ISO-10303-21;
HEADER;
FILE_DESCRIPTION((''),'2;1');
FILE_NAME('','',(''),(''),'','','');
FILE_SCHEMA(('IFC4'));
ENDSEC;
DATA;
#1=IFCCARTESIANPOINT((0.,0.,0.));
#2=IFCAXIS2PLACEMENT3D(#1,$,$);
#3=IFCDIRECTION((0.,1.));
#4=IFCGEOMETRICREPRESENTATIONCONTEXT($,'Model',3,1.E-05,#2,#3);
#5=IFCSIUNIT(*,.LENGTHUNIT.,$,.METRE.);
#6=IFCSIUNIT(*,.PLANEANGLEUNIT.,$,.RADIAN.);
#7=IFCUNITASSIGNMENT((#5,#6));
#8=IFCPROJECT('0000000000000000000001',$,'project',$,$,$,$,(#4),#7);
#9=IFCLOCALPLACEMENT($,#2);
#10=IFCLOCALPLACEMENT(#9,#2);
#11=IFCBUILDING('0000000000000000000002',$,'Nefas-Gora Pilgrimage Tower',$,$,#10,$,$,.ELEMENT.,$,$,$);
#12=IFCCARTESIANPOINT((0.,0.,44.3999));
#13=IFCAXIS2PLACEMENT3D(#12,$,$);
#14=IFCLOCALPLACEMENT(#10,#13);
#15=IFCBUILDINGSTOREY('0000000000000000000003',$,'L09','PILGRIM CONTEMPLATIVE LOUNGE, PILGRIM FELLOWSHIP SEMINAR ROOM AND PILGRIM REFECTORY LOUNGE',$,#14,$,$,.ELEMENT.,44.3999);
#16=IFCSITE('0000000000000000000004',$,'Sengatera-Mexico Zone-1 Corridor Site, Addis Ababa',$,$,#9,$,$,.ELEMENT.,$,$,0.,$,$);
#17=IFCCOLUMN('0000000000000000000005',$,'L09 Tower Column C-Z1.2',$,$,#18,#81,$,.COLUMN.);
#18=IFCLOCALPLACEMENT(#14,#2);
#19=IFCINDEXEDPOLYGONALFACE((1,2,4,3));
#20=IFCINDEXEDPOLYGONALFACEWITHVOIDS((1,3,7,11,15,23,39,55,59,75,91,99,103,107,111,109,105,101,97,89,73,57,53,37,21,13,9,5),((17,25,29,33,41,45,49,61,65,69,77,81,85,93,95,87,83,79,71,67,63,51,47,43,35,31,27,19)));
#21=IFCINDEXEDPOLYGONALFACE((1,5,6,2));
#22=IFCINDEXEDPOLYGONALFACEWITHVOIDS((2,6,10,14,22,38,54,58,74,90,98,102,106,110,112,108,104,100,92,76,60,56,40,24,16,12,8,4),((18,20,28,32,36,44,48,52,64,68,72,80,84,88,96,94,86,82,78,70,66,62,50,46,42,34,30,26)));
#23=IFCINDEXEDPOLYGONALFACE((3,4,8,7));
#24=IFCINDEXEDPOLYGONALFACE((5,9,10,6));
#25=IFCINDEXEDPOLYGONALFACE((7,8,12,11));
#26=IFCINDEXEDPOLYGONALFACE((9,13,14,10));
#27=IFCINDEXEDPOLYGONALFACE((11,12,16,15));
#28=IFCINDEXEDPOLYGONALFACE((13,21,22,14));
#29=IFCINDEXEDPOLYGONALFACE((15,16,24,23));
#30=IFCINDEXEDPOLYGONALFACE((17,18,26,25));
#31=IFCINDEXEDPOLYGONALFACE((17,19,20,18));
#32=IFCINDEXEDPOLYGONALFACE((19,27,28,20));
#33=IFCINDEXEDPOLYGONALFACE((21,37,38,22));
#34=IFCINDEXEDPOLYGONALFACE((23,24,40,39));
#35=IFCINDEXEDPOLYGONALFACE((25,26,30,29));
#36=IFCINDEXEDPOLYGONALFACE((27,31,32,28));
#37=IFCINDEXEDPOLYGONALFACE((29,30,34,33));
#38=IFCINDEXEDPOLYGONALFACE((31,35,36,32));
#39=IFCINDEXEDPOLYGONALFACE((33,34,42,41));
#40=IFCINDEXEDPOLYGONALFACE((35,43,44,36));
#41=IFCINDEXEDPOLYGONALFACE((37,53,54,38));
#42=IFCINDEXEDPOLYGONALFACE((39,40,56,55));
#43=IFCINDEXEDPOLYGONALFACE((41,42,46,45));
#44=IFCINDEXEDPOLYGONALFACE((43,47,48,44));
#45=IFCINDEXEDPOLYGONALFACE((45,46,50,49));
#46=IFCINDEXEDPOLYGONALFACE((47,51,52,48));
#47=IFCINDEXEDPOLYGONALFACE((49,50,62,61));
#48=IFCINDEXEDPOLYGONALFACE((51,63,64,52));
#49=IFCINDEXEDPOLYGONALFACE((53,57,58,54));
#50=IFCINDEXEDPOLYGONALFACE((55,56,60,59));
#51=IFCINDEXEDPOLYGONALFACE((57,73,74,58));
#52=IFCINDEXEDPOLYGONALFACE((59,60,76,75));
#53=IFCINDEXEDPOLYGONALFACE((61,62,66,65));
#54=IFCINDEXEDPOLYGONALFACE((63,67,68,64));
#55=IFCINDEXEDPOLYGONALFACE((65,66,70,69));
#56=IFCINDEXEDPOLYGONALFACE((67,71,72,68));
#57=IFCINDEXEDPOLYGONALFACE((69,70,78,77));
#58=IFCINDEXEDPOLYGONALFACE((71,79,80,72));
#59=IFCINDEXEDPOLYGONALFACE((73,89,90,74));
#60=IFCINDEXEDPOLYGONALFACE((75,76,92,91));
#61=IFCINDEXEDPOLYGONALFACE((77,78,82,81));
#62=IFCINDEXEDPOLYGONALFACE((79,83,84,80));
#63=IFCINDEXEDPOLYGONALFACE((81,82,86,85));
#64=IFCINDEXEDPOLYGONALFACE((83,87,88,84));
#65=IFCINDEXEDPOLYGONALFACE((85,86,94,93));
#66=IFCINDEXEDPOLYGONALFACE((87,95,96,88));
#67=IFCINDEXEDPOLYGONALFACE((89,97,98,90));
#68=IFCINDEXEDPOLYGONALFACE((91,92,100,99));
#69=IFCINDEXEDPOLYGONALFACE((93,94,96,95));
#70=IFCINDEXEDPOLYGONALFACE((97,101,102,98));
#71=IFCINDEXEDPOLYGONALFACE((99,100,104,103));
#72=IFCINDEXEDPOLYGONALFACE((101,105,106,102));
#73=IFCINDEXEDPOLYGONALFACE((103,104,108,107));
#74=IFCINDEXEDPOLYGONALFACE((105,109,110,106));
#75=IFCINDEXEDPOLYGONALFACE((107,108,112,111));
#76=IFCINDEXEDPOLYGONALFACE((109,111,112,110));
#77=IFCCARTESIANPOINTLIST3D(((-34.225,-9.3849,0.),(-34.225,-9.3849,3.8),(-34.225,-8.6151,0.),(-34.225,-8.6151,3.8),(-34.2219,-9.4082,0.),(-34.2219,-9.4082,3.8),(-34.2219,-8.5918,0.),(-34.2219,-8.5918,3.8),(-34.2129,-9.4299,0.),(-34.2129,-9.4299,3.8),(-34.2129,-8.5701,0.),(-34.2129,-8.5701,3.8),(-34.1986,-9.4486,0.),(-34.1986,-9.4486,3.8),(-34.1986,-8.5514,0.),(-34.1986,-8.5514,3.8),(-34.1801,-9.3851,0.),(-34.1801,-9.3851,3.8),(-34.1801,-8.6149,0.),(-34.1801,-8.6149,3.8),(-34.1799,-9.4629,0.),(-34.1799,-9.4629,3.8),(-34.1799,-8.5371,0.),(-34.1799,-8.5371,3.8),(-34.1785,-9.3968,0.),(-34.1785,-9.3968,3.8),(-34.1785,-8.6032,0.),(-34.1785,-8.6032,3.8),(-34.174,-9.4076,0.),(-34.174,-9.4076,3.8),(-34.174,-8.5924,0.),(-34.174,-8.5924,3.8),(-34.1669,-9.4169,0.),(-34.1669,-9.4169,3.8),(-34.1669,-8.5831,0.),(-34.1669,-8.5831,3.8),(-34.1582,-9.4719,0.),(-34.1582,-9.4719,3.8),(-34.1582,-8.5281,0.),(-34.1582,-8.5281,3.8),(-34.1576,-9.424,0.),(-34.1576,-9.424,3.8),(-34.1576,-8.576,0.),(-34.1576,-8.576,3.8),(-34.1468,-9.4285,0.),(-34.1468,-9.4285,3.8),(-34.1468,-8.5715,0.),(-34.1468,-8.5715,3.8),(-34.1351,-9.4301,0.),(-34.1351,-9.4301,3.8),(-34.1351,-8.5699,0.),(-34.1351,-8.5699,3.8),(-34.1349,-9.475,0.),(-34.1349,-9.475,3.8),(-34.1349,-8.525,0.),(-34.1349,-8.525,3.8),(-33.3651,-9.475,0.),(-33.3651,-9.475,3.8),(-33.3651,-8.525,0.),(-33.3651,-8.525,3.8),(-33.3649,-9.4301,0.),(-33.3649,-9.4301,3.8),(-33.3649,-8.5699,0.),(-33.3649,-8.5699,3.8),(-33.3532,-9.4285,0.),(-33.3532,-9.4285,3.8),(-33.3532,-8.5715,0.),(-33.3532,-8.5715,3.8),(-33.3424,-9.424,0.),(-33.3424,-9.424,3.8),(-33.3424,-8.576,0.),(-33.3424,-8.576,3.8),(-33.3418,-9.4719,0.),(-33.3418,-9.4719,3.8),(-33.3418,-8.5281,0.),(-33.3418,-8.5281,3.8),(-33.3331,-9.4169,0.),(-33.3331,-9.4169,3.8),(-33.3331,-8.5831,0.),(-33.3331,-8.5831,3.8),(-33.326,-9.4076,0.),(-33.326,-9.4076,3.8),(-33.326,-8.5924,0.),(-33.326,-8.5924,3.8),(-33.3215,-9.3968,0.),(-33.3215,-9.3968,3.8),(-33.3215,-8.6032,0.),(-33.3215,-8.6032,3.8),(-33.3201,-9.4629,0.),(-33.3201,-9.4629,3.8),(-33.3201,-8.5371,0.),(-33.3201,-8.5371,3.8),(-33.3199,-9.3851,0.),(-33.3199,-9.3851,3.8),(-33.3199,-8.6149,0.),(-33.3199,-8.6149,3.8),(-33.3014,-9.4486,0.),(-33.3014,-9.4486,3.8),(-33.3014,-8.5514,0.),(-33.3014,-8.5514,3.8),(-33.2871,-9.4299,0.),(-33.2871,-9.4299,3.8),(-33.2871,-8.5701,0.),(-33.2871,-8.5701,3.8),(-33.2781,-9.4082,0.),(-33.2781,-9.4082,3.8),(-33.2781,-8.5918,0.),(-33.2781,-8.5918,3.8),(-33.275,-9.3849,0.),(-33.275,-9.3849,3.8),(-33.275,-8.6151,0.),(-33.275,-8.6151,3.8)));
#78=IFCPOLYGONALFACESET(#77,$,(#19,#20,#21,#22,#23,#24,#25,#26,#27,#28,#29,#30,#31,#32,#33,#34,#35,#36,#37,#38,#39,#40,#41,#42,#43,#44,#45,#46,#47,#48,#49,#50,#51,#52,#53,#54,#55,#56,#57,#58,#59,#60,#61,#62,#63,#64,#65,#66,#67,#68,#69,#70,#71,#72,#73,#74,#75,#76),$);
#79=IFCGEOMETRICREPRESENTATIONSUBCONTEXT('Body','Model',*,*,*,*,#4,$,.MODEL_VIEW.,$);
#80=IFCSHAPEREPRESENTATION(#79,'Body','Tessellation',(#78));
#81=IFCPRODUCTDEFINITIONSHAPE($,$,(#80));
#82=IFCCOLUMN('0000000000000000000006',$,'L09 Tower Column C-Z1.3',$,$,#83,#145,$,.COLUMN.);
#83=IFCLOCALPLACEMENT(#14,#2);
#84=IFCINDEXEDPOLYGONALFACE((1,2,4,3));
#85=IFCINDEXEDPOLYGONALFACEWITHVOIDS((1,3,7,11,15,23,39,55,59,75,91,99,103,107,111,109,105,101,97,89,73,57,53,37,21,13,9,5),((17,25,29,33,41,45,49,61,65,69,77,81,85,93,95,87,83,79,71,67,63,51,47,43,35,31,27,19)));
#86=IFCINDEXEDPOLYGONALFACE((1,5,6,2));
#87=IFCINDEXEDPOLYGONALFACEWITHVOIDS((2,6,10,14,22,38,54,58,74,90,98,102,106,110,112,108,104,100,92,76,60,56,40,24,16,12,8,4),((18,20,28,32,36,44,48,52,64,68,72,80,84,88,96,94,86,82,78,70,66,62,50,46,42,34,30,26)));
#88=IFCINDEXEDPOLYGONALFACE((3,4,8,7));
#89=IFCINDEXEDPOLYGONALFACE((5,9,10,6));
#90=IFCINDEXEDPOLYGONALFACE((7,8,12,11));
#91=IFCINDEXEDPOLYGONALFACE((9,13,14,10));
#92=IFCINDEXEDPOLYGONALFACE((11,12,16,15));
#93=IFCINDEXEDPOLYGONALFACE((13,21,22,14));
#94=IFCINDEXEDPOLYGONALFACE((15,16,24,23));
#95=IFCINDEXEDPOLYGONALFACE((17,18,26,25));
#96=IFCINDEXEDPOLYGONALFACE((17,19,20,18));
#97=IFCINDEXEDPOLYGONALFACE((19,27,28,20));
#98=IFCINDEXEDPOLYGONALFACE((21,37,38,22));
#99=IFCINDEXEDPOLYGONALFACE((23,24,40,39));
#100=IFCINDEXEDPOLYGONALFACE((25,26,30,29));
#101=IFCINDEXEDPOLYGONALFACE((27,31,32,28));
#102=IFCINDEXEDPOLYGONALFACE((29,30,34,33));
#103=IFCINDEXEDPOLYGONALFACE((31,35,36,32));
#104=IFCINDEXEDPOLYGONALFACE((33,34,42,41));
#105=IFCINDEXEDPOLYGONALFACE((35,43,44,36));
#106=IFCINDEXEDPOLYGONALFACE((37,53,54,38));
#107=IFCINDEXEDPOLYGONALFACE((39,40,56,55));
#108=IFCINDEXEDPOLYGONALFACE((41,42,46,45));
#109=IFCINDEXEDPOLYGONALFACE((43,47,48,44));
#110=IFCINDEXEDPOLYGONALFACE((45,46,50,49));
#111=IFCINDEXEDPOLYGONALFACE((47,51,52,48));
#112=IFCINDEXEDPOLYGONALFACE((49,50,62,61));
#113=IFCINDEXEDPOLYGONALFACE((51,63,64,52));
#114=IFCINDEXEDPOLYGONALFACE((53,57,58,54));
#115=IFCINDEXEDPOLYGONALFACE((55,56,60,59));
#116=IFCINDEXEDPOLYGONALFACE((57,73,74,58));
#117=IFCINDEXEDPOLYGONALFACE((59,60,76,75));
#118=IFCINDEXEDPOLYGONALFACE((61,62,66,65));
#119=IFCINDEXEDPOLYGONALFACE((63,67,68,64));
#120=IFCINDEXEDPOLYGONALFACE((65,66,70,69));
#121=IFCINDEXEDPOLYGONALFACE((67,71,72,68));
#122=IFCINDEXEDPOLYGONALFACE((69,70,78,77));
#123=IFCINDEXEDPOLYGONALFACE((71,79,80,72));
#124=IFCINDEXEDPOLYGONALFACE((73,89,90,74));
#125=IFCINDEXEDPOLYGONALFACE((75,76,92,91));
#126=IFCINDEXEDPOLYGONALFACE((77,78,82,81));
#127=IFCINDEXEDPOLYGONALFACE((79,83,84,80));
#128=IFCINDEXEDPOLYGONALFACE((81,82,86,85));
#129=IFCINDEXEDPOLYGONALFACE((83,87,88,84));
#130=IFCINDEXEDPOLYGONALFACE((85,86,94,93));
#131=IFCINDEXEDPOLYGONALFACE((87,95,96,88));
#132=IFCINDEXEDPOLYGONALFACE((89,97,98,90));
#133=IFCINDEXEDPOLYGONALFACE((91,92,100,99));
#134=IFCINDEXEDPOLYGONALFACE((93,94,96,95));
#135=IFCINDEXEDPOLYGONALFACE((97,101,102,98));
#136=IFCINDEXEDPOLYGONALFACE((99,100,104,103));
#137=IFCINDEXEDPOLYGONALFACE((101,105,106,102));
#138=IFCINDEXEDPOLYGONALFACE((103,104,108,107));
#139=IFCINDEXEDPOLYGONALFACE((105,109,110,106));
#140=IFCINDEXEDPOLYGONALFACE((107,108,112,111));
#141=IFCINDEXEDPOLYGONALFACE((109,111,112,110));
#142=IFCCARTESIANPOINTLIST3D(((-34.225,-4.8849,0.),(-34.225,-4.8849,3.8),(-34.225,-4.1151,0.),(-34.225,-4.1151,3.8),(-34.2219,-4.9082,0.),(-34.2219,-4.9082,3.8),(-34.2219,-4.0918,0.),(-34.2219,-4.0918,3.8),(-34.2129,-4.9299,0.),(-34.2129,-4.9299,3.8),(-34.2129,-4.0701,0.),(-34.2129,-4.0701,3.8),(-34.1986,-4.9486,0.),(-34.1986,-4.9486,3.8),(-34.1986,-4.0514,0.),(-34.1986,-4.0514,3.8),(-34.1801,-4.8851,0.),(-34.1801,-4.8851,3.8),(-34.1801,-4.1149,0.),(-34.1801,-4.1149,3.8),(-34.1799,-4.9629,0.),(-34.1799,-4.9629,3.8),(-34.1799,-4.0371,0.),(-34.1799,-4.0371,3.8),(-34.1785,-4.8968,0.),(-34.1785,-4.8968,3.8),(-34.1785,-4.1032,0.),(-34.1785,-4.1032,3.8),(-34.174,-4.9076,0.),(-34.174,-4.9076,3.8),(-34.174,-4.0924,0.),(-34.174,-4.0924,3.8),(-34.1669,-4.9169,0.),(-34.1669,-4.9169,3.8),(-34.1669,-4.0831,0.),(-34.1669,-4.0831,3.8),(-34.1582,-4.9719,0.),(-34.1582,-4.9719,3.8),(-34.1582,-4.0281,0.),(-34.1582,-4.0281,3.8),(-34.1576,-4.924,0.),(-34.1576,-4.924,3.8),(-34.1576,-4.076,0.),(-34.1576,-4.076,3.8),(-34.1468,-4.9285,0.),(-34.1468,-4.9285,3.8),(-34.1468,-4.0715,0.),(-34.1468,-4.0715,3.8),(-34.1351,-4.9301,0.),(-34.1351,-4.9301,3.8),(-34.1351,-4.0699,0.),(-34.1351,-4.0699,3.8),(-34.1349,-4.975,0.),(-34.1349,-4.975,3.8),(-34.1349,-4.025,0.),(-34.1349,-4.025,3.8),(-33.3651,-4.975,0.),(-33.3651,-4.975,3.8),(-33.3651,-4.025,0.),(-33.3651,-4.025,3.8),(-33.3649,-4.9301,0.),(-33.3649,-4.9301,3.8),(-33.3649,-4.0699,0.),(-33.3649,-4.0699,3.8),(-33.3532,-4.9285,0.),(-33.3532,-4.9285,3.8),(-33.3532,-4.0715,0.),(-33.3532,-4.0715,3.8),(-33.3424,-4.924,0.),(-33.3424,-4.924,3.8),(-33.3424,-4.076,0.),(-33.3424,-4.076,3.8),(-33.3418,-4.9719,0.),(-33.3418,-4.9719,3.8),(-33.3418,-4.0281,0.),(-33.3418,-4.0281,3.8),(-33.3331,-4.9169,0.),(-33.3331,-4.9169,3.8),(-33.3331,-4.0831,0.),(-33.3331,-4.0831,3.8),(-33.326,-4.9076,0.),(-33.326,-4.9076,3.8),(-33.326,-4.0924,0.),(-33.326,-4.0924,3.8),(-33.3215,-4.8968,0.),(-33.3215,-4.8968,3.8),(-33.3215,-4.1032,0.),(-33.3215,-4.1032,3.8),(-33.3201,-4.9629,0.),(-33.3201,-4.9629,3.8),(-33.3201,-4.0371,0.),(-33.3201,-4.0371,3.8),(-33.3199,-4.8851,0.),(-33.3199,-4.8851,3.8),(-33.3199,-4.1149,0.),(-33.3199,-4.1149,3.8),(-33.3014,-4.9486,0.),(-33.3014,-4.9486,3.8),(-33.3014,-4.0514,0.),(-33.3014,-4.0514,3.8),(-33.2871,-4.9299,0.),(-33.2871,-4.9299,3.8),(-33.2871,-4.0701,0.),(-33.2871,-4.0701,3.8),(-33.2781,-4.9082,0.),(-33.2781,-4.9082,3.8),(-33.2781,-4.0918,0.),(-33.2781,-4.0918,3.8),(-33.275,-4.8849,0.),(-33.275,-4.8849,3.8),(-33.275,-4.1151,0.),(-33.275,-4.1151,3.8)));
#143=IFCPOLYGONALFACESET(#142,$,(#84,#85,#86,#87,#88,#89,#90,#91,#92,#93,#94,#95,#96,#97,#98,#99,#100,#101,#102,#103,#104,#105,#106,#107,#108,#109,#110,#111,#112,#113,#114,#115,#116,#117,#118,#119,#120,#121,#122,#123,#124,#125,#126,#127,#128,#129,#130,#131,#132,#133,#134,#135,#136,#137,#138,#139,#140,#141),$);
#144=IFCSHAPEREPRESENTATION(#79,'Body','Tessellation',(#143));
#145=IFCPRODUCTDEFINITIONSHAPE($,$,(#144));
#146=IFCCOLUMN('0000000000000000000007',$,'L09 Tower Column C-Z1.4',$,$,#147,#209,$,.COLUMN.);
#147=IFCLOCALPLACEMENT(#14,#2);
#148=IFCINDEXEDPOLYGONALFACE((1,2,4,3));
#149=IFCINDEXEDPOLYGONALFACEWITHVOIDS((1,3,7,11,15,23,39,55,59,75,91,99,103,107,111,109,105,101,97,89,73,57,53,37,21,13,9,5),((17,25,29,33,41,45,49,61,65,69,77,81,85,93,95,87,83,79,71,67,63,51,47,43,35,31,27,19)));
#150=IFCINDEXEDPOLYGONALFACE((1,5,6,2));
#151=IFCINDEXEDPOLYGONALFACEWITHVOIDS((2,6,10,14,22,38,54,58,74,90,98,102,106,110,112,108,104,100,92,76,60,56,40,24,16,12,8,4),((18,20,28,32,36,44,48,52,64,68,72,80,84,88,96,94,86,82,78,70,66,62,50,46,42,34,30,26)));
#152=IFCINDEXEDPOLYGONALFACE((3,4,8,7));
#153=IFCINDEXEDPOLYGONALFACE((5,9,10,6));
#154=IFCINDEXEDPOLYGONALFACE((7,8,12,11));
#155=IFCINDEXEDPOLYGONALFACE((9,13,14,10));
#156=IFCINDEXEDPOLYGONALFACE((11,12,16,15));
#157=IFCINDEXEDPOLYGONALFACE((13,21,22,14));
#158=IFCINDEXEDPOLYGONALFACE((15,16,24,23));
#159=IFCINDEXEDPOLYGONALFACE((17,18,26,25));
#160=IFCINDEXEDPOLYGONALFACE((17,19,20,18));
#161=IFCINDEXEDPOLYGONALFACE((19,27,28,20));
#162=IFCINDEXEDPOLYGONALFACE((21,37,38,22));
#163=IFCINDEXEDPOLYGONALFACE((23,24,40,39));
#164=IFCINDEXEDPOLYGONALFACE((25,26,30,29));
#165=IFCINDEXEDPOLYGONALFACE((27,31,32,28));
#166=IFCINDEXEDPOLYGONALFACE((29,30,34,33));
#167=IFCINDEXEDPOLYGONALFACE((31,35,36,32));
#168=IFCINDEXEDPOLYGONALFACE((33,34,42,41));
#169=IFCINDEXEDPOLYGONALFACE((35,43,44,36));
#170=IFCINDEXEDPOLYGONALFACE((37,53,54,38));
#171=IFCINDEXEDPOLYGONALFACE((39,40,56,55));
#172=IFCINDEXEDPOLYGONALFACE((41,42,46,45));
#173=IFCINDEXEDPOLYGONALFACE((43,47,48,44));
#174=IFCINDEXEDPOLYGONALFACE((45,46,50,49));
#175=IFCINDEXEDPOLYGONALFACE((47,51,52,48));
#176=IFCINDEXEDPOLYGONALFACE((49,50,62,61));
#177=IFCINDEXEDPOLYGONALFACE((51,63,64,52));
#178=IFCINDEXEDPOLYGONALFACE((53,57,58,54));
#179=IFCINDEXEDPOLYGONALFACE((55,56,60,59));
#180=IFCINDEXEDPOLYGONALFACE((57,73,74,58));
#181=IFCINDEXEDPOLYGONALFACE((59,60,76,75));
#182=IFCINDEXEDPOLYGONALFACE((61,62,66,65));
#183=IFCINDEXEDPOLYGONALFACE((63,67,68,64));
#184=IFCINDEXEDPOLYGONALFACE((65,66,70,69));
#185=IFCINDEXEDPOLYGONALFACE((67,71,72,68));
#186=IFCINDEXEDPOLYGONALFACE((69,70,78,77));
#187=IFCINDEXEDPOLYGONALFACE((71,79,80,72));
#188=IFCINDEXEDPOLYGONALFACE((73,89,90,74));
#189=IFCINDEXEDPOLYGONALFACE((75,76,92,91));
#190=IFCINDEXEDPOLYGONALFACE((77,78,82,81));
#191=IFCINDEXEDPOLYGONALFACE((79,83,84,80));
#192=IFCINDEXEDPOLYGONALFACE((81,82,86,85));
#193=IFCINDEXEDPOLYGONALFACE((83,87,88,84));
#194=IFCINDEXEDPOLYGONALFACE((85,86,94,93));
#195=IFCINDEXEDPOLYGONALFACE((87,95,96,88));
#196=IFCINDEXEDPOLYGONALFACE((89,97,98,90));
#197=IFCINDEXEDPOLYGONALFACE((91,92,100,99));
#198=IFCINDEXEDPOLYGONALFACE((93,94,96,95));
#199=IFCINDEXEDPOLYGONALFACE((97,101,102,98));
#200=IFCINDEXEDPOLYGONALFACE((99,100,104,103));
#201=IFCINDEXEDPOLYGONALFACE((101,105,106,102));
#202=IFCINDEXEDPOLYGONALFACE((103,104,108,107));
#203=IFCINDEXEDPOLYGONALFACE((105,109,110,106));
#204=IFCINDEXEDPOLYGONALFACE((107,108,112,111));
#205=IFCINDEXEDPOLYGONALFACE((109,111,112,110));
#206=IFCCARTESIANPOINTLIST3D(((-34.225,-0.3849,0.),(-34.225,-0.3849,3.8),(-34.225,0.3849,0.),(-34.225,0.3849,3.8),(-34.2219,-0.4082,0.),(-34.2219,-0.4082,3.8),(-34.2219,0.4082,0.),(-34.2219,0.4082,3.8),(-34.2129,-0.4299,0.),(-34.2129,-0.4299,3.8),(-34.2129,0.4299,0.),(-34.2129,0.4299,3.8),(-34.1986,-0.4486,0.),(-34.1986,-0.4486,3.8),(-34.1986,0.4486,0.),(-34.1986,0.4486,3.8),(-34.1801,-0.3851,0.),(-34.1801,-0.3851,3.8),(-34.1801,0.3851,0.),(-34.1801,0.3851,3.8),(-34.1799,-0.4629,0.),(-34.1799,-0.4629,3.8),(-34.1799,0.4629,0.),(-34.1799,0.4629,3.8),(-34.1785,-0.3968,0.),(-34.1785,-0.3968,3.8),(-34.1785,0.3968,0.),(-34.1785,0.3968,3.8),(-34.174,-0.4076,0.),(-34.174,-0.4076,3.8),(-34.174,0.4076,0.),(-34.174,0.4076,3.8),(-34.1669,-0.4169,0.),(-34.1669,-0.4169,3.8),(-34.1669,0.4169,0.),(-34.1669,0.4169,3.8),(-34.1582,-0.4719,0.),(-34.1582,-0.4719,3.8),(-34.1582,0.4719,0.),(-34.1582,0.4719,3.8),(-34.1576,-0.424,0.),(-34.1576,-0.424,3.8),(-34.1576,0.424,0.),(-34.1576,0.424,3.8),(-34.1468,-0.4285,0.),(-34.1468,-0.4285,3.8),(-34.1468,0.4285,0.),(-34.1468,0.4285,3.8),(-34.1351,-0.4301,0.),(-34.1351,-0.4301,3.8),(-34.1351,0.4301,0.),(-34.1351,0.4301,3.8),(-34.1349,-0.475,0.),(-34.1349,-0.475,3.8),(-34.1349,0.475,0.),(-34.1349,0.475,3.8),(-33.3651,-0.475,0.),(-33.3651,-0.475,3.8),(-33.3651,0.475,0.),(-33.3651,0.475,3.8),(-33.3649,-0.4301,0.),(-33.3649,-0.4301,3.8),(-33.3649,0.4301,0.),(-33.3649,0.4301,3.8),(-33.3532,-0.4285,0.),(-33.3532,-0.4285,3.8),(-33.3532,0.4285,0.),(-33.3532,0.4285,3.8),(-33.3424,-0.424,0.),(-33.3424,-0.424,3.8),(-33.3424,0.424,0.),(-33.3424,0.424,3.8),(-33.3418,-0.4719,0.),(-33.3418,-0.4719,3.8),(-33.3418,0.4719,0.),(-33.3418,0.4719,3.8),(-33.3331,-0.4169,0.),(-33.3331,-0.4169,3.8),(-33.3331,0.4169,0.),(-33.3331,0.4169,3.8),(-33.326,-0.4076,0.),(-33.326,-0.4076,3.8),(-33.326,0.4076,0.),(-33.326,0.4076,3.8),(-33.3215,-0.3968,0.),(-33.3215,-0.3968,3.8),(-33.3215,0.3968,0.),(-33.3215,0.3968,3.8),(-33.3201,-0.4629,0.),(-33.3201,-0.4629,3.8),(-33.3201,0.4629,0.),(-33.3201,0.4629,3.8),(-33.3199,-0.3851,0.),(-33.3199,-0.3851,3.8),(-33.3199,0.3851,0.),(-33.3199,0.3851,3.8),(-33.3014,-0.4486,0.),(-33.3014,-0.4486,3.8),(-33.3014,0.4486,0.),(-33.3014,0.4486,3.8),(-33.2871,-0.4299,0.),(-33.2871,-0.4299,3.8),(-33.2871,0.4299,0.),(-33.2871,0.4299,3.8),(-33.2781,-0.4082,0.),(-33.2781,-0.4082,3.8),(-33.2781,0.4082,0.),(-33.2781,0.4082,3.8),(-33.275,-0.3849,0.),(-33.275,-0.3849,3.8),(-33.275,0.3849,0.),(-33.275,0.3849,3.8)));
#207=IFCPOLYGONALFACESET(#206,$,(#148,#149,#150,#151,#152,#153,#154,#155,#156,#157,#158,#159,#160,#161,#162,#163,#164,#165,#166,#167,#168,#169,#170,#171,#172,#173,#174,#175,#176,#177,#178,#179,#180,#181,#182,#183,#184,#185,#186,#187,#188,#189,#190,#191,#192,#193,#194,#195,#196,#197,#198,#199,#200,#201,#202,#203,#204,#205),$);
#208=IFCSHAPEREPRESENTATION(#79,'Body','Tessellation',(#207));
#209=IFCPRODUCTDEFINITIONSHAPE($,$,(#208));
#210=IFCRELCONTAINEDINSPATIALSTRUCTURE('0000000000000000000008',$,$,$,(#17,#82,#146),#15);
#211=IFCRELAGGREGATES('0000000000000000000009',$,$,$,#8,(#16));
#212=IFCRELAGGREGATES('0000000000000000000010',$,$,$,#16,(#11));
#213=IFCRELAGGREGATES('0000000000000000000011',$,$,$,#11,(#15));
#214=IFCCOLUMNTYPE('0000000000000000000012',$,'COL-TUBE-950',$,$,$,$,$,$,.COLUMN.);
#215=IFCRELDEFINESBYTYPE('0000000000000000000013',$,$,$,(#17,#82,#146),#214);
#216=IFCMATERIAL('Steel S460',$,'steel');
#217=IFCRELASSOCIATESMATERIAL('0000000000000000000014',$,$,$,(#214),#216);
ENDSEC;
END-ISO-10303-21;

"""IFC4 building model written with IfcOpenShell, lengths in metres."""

from ifc_helpers import new_model, si_unit, direction, frame, origin, origin_2d, place, context, subcontext, project, spatial, hollow_rectangle, extrude, source, transform, mapped, material, material_profile, profile_set, type_object, element, save


model = new_model("IFC4")

# Units and contexts
model_context = context("Model", 3, precision=1e-05, world=origin(), true_north=direction((0.0, 1.0)))
body_context = subcontext(model_context, "Body", "Model", "MODEL_VIEW")
ifc_project = project(units=[si_unit("LENGTHUNIT", "METRE"), si_unit("PLANEANGLEUNIT", "RADIAN")], contexts=[model_context])

# Site, building, storey
site_placement = place(None, origin())
site = spatial("IfcSite", under=ifc_project, at=site_placement, Name="Sengatera-Mexico Zone-1 Corridor Site, Addis Ababa", CompositionType="ELEMENT", RefElevation=0.0)
building_placement = place(site_placement, origin())
building = spatial("IfcBuilding", under=site, at=building_placement, Name="Nefas-Gora Pilgrimage Tower", CompositionType="ELEMENT")
storey_placement = place(building_placement, frame((0.0, 0.0, 44.3999)))
storey = spatial("IfcBuildingStorey", under=building, at=storey_placement, Name="L09", Description="PILGRIM CONTEMPLATIVE LOUNGE, PILGRIM FELLOWSHIP SEMINAR ROOM AND PILGRIM REFECTORY LOUNGE", CompositionType="ELEMENT", Elevation=44.3999)

# Columns
ifc_material_1 = material(Name="Steel S460", Category="steel")
ifc_material_profile_1 = material_profile(ifc_material_1, hollow_rectangle(XDim=0.95, YDim=0.95, WallThickness=0.0449, InnerFilletRadius=0.0449, OuterFilletRadius=0.0901, at=origin_2d()), Name="BOX 950x950x45")
ifc_profile_set_1 = profile_set([ifc_material_profile_1], Name="Steel S460")
column_type_1 = type_object("IfcColumnType", Name="COL-TUBE-950", PredefinedType="COLUMN", material=ifc_profile_set_1)
shared_shape_1 = source(origin(), body_context, "Body", "SweptSolid", [
    extrude(hollow_rectangle(XDim=0.95, YDim=0.95, WallThickness=0.0449, InnerFilletRadius=0.0449, OuterFilletRadius=0.0901, at=origin_2d()), origin(), (0.0, 0.0, 1.0), 3.8),
])
for number, where, z_axis, x_axis, name in (
    (1, (-33.75, -9.0, 0.0), (0.0, 0.0, 1.0), (1.0, 0.0, 0.0), "L09 Tower Column C-Z1.2"),
    (2, (-33.75, -4.5, 0.0), (0.0, 0.0, 1.0), (1.0, 0.0, 0.0), "L09 Tower Column C-Z1.3"),
    (3, (-33.75, 0.0, 0.0), (0.0, 0.0, 1.0), (1.0, 0.0, 0.0), "L09 Tower Column C-Z1.4"),
):
    element("IfcColumn", number, at=place(storey_placement, frame(where, z_axis=z_axis, x_axis=x_axis)), inside=storey, type_object=column_type_1, Name=name, PredefinedType="COLUMN", context=body_context, shape_type="MappedRepresentation", body=[
        mapped(shared_shape_1, transform((0.0, 0.0, 0.0), x_axis=(1.0, 0.0, 0.0), y_axis=(0.0, 1.0, 0.0), z_axis=(0.0, 0.0, 1.0), scale=1.0)),
    ])

save(model, "model.ifc")
